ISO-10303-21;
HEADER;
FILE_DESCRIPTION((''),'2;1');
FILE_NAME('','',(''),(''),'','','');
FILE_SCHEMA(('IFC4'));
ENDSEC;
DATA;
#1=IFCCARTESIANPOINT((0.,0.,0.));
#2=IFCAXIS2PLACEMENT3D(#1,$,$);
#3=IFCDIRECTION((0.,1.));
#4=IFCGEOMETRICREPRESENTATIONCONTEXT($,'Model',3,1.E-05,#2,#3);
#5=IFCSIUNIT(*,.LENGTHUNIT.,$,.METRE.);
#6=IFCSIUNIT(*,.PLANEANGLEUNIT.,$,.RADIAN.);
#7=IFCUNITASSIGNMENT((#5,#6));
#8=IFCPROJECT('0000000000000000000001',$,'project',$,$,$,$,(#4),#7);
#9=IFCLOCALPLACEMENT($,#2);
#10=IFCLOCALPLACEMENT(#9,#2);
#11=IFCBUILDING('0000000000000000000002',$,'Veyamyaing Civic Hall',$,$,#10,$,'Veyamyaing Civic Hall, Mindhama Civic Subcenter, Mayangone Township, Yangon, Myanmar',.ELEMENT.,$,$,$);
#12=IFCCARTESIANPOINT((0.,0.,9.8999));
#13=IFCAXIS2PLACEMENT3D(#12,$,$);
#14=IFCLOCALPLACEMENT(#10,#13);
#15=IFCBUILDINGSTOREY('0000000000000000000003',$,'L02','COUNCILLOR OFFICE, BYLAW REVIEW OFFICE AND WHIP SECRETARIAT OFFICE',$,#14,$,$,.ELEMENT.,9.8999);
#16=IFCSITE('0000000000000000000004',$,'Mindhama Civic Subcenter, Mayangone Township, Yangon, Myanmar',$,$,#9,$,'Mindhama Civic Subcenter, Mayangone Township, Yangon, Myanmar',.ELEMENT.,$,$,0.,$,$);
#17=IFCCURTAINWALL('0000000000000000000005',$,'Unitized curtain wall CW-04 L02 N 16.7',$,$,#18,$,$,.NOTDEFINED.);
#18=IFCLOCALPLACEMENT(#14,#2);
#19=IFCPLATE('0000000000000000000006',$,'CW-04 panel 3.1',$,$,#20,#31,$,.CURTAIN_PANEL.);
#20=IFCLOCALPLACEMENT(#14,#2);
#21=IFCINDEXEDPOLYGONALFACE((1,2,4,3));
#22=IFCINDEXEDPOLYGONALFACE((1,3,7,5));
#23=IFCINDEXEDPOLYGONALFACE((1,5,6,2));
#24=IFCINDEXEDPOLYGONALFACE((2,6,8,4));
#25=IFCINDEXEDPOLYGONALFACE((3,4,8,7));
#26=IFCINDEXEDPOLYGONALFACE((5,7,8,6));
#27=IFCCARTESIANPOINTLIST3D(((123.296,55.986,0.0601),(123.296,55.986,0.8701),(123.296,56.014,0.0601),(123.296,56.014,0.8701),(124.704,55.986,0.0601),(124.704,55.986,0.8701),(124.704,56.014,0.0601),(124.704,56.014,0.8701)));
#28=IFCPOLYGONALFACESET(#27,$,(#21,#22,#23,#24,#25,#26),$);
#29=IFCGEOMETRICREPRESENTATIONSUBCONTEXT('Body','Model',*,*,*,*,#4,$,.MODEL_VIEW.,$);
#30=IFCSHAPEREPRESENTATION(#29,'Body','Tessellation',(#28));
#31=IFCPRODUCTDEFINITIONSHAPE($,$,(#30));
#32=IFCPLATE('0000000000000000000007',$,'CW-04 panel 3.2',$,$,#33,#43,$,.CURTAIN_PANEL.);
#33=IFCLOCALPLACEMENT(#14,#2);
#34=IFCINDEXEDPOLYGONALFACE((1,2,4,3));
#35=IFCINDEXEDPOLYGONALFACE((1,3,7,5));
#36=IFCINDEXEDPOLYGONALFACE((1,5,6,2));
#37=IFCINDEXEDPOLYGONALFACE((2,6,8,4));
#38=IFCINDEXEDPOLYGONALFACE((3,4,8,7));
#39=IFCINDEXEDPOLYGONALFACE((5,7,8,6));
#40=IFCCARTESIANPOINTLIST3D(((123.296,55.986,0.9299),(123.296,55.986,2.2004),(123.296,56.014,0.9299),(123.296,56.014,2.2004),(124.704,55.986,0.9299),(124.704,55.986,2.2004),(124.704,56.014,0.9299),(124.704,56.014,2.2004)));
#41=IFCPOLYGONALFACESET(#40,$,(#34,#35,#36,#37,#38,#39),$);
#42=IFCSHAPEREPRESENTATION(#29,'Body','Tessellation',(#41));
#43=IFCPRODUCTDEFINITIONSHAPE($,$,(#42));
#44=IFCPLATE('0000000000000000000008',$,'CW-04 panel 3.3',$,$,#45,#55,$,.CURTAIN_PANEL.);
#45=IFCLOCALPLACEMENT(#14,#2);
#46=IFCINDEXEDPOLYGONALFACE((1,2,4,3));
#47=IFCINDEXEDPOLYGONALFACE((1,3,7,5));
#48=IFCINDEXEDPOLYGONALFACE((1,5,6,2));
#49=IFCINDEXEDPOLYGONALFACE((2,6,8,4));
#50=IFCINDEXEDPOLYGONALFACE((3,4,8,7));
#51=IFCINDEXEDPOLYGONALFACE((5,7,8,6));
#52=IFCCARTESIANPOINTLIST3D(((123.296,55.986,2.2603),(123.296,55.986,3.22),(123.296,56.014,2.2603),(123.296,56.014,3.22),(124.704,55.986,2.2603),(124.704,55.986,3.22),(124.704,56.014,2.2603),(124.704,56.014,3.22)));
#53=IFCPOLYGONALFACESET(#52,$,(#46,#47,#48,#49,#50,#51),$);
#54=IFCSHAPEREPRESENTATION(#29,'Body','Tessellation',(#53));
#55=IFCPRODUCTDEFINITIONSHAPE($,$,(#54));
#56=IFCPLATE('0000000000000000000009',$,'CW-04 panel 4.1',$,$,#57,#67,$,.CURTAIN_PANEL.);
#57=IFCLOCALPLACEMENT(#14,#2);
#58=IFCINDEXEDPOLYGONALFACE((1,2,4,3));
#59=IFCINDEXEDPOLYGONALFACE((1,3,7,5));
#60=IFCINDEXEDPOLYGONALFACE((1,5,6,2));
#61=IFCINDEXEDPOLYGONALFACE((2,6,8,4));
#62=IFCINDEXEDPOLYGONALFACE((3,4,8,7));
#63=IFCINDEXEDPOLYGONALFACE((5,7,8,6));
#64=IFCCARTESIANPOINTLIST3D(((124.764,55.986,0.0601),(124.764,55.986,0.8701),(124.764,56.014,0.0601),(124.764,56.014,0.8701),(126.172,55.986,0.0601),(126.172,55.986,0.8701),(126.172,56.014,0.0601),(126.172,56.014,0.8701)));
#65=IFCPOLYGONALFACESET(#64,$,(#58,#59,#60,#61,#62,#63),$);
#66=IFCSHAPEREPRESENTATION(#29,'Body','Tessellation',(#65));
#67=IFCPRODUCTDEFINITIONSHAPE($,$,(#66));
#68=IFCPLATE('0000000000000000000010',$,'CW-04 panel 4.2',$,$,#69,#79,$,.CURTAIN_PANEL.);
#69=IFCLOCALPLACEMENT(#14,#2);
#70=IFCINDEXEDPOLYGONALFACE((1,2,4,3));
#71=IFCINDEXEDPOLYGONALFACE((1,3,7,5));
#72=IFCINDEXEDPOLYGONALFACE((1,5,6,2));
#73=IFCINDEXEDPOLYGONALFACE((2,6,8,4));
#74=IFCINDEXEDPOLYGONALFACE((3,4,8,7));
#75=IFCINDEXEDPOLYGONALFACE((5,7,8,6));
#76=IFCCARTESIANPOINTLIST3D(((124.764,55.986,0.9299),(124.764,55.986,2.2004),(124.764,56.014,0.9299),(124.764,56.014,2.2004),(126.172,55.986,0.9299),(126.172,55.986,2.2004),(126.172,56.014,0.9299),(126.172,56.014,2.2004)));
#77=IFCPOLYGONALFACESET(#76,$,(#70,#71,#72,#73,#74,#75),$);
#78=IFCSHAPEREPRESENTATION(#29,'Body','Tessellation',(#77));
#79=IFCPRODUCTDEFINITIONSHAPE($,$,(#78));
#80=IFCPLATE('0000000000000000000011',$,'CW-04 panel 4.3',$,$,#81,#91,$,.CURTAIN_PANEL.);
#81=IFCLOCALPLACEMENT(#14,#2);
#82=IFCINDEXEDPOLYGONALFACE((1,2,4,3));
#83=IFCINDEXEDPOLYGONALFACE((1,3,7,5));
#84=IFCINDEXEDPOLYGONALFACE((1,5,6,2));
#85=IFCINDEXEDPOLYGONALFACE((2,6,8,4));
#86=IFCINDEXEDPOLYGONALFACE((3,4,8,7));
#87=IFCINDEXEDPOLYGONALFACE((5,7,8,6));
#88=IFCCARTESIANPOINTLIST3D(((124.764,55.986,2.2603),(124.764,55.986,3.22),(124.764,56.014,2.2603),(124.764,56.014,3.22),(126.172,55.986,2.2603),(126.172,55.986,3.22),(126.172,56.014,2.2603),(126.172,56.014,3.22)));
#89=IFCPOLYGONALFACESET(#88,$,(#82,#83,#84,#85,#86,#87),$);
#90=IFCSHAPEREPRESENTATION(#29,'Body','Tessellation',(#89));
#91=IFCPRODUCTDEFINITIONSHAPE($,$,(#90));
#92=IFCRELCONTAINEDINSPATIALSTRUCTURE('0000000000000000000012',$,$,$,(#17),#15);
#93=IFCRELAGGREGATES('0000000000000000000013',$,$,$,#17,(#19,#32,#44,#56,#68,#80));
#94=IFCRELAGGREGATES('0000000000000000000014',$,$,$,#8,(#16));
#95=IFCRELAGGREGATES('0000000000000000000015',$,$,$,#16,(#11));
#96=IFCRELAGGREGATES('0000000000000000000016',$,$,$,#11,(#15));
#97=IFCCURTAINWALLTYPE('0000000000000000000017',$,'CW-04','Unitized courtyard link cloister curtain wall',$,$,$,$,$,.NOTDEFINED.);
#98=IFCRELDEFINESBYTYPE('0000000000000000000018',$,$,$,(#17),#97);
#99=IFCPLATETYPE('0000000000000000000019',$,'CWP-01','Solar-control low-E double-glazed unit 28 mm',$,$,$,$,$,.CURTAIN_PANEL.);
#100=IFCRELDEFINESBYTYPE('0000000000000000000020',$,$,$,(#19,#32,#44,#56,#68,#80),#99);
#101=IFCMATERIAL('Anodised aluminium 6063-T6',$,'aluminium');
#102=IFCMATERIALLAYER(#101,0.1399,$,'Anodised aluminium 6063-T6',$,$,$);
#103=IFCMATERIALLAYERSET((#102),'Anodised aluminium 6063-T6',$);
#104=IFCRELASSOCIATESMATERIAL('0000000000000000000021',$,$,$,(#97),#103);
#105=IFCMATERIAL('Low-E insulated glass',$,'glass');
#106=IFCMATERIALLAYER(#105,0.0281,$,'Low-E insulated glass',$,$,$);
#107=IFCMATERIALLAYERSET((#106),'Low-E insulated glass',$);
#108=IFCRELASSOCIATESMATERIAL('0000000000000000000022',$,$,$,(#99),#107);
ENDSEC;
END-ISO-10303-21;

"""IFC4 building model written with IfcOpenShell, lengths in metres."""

from ifc_helpers import new_model, si_unit, direction, frame, origin, origin_2d, place, context, subcontext, project, spatial, rectangle, extrude, material, layer, layer_set, type_object, element, aggregate, save


model = new_model("IFC4")

# Units and contexts
model_context = context("Model", 3, precision=1e-05, world=origin(), true_north=direction((0.0, 1.0)))
body_context = subcontext(model_context, "Body", "Model", "MODEL_VIEW")
ifc_project = project(units=[si_unit("LENGTHUNIT", "METRE"), si_unit("PLANEANGLEUNIT", "RADIAN")], contexts=[model_context])

# Site, building, storey
site_placement = place(None, origin())
site = spatial("IfcSite", under=ifc_project, at=site_placement, Name="Mindhama Civic Subcenter, Mayangone Township, Yangon, Myanmar", LongName="Mindhama Civic Subcenter, Mayangone Township, Yangon, Myanmar", CompositionType="ELEMENT", RefElevation=0.0)
building_placement = place(site_placement, origin())
building = spatial("IfcBuilding", under=site, at=building_placement, Name="Veyamyaing Civic Hall", LongName="Veyamyaing Civic Hall, Mindhama Civic Subcenter, Mayangone Township, Yangon, Myanmar", CompositionType="ELEMENT")
storey_placement = place(building_placement, frame((0.0, 0.0, 9.8999)))
storey = spatial("IfcBuildingStorey", under=building, at=storey_placement, Name="L02", Description="COUNCILLOR OFFICE, BYLAW REVIEW OFFICE AND WHIP SECRETARIAT OFFICE", CompositionType="ELEMENT", Elevation=9.8999)

# Curtain wall, plates
ifc_material_1 = material(Name="Anodised aluminium 6063-T6", Category="aluminium")
ifc_layer_1 = layer(ifc_material_1, 0.1399, Name="Anodised aluminium 6063-T6")
ifc_layer_set_1 = layer_set([ifc_layer_1], Name="Anodised aluminium 6063-T6")
curtain_wall_type = type_object("IfcCurtainWallType", Name="CW-04", Description="Unitized courtyard link cloister curtain wall", PredefinedType="NOTDEFINED", material=ifc_layer_set_1)
curtain_wall_placement = place(storey_placement, origin())
curtain_wall = element("IfcCurtainWall", 1, at=curtain_wall_placement, inside=storey, type_object=curtain_wall_type, Name="Unitized curtain wall CW-04 L02 N 16.7", PredefinedType="NOTDEFINED")
ifc_material_2 = material(Name="Low-E insulated glass", Category="glass")
ifc_layer_2 = layer(ifc_material_2, 0.0281, Name="Low-E insulated glass")
ifc_layer_set_2 = layer_set([ifc_layer_2], Name="Low-E insulated glass")
plate_type = type_object("IfcPlateType", Name="CWP-01", Description="Solar-control low-E double-glazed unit 28 mm", PredefinedType="CURTAIN_PANEL", material=ifc_layer_set_2)
plate_1_placement = place(storey_placement, frame((124.0, 56.0, 0.0601), z_axis=(0.0, 0.0, 1.0), x_axis=(1.0, 0.0, 0.0)))
plate_1 = element("IfcPlate", 2, at=plate_1_placement, type_object=plate_type, Name="CW-04 panel 3.1", PredefinedType="CURTAIN_PANEL", context=body_context, shape_type="SweptSolid", body=[
    extrude(rectangle(XDim=1.408, YDim=0.0281, at=origin_2d()), origin(), (0.0, 0.0, 1.0), 0.8101),
])
plate_2_placement = place(storey_placement, frame((124.0, 56.0, 0.9299), z_axis=(0.0, 0.0, 1.0), x_axis=(1.0, 0.0, 0.0)))
plate_2 = element("IfcPlate", 3, at=plate_2_placement, type_object=plate_type, Name="CW-04 panel 3.2", PredefinedType="CURTAIN_PANEL", context=body_context, shape_type="SweptSolid", body=[
    extrude(rectangle(XDim=1.408, YDim=0.0281, at=origin_2d()), origin(), (0.0, 0.0, 1.0), 1.2705),
])
plate_3_placement = place(storey_placement, frame((124.0, 56.0, 2.2603), z_axis=(0.0, 0.0, 1.0), x_axis=(1.0, 0.0, 0.0)))
plate_3 = element("IfcPlate", 4, at=plate_3_placement, type_object=plate_type, Name="CW-04 panel 3.3", PredefinedType="CURTAIN_PANEL", context=body_context, shape_type="SweptSolid", body=[
    extrude(rectangle(XDim=1.408, YDim=0.0281, at=origin_2d()), origin(), (0.0, 0.0, 1.0), 0.9597),
])
plate_4_placement = place(storey_placement, frame((125.468, 56.0, 0.0601), z_axis=(0.0, 0.0, 1.0), x_axis=(1.0, 0.0, 0.0)))
plate_4 = element("IfcPlate", 5, at=plate_4_placement, type_object=plate_type, Name="CW-04 panel 4.1", PredefinedType="CURTAIN_PANEL", context=body_context, shape_type="SweptSolid", body=[
    extrude(rectangle(XDim=1.408, YDim=0.0281, at=origin_2d()), origin(), (0.0, 0.0, 1.0), 0.8101),
])
plate_5_placement = place(storey_placement, frame((125.468, 56.0, 0.9299), z_axis=(0.0, 0.0, 1.0), x_axis=(1.0, 0.0, 0.0)))
plate_5 = element("IfcPlate", 6, at=plate_5_placement, type_object=plate_type, Name="CW-04 panel 4.2", PredefinedType="CURTAIN_PANEL", context=body_context, shape_type="SweptSolid", body=[
    extrude(rectangle(XDim=1.408, YDim=0.0281, at=origin_2d()), origin(), (0.0, 0.0, 1.0), 1.2705),
])
plate_6_placement = place(storey_placement, frame((125.468, 56.0, 2.2603), z_axis=(0.0, 0.0, 1.0), x_axis=(1.0, 0.0, 0.0)))
plate_6 = element("IfcPlate", 7, at=plate_6_placement, type_object=plate_type, Name="CW-04 panel 4.3", PredefinedType="CURTAIN_PANEL", context=body_context, shape_type="SweptSolid", body=[
    extrude(rectangle(XDim=1.408, YDim=0.0281, at=origin_2d()), origin(), (0.0, 0.0, 1.0), 0.9597),
])
aggregate(curtain_wall, [plate_1, plate_2, plate_3, plate_4, plate_5, plate_6])

save(model, "model.ifc")
